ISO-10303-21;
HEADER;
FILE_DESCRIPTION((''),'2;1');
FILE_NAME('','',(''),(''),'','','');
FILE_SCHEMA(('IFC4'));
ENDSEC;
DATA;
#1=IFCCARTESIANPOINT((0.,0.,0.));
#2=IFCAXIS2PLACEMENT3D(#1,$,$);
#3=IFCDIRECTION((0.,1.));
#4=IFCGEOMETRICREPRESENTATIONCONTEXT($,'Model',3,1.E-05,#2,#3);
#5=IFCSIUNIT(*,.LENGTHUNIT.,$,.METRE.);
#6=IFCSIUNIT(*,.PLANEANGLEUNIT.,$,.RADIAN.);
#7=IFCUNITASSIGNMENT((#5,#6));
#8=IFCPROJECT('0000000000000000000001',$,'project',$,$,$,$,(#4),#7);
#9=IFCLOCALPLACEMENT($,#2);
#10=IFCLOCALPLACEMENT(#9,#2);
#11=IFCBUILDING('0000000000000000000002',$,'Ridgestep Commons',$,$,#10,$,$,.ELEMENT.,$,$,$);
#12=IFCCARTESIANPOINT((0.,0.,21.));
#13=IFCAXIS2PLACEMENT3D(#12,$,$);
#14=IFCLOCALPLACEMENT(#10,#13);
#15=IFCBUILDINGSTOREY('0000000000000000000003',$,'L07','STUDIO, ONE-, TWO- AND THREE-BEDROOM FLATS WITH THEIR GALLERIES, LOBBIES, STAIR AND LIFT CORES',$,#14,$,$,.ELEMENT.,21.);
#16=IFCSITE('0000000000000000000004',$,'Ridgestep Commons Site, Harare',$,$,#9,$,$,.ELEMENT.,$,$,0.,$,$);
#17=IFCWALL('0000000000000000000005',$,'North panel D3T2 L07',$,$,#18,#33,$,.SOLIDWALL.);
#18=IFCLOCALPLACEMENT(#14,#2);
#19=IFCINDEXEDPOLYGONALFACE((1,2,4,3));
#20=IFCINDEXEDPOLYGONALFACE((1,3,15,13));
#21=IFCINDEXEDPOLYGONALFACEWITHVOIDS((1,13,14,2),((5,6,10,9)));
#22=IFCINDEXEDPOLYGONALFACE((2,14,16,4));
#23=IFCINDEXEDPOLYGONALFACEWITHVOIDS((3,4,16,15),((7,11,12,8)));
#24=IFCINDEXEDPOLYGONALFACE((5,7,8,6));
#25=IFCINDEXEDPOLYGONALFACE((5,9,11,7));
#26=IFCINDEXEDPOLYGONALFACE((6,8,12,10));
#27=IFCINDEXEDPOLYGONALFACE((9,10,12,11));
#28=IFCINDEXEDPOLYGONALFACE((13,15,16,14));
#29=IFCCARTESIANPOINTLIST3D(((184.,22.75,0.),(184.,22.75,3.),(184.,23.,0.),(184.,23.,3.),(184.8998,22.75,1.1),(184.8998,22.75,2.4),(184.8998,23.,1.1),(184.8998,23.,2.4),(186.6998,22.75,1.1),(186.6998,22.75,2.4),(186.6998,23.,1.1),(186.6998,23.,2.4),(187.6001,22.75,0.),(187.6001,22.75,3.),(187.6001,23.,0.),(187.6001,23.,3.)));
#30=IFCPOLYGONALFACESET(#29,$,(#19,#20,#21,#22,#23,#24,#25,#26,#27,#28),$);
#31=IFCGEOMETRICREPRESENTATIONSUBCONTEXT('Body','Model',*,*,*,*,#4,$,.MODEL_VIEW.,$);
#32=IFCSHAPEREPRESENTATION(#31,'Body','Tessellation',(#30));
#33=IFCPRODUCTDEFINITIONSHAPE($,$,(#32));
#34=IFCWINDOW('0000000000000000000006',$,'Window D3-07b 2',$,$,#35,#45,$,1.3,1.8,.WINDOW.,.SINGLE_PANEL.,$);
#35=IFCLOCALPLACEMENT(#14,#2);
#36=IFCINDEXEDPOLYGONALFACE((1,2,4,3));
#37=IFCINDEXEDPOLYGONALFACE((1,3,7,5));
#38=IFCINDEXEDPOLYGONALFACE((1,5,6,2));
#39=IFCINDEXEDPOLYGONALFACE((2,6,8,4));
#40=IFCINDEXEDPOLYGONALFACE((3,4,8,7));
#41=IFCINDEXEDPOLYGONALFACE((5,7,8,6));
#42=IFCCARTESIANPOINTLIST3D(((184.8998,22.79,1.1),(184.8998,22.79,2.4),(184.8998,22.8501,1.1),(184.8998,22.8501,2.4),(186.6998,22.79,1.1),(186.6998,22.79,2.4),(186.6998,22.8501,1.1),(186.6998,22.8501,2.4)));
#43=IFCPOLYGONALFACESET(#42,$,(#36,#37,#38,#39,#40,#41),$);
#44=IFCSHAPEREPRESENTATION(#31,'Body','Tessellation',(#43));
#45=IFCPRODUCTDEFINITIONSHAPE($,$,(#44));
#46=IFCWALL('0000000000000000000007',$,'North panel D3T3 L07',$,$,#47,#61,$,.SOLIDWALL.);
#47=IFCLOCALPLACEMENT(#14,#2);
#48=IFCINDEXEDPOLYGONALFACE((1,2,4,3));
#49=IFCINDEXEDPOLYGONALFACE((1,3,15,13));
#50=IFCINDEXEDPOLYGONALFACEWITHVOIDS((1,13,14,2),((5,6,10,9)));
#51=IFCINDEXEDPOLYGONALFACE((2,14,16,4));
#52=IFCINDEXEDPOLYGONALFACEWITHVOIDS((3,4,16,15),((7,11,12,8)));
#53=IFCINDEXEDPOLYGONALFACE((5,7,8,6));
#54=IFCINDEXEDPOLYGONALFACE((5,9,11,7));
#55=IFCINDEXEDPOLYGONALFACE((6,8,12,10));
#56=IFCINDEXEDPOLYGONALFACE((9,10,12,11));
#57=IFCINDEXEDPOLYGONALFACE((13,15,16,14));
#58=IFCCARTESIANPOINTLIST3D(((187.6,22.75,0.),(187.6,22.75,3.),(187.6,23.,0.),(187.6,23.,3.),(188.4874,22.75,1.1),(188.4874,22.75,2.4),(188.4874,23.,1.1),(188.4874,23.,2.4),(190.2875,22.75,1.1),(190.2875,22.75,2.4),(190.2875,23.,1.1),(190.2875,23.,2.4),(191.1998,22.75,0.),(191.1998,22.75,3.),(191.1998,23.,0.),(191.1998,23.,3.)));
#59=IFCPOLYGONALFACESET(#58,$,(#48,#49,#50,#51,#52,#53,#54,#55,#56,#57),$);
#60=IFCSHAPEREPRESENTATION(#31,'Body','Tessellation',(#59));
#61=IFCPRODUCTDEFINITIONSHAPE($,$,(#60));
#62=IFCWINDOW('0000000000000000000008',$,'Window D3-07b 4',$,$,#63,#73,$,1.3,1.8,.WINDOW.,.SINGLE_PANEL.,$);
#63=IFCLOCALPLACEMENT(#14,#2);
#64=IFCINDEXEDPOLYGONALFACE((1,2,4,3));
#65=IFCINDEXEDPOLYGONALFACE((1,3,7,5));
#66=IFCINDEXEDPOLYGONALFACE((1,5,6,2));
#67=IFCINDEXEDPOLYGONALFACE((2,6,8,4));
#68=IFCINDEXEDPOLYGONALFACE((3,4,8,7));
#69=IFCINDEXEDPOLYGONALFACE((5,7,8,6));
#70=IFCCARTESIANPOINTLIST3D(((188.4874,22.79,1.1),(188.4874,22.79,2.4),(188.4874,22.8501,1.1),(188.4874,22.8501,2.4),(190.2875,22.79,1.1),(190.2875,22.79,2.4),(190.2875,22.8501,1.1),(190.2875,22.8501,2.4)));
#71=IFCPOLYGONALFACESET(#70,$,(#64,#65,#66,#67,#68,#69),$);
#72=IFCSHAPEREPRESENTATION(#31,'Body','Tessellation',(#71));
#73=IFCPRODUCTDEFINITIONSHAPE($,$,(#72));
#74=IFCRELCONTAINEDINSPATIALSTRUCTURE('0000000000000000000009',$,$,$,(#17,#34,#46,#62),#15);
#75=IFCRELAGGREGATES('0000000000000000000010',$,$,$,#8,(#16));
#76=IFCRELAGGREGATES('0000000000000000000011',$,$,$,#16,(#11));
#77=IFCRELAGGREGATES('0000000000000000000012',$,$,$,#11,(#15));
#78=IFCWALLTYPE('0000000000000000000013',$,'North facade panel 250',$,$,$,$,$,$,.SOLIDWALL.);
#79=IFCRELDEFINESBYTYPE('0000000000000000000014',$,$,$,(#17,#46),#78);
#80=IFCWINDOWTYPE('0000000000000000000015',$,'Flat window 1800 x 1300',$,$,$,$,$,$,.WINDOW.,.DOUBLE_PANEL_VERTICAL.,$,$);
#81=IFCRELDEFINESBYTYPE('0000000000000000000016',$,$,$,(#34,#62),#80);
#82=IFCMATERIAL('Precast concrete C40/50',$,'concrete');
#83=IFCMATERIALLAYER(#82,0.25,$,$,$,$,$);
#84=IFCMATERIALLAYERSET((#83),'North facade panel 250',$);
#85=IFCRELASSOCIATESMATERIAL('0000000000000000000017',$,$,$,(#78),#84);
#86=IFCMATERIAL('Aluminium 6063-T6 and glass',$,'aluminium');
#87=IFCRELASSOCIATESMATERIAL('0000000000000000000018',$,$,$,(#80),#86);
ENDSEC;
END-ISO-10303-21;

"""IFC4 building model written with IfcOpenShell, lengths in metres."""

from ifc_helpers import new_model, si_unit, direction, frame, frame_2d, origin, place, context, subcontext, project, spatial, rectangle, extrude, material, layer, layer_set, type_object, element, fill, save


model = new_model("IFC4")

# Units and contexts
model_context = context("Model", 3, precision=1e-05, world=origin(), true_north=direction((0.0, 1.0)))
body_context = subcontext(model_context, "Body", "Model", "MODEL_VIEW")
ifc_project = project(units=[si_unit("LENGTHUNIT", "METRE"), si_unit("PLANEANGLEUNIT", "RADIAN")], contexts=[model_context])

# Site, building, storey
site_placement = place(None, origin())
site = spatial("IfcSite", under=ifc_project, at=site_placement, Name="Ridgestep Commons Site, Harare", CompositionType="ELEMENT", RefElevation=0.0)
building_placement = place(site_placement, origin())
building = spatial("IfcBuilding", under=site, at=building_placement, Name="Ridgestep Commons", CompositionType="ELEMENT")
storey_placement = place(building_placement, frame((0.0, 0.0, 21.0)))
storey = spatial("IfcBuildingStorey", under=building, at=storey_placement, Name="L07", Description="STUDIO, ONE-, TWO- AND THREE-BEDROOM FLATS WITH THEIR GALLERIES, LOBBIES, STAIR AND LIFT CORES", CompositionType="ELEMENT", Elevation=21.0)

# Walls, openings, windows
ifc_material_1 = material(Name="Precast concrete C40/50", Category="concrete")
ifc_layer_1 = layer(ifc_material_1, 0.25)
ifc_layer_set_1 = layer_set([ifc_layer_1], Name="North facade panel 250")
wall_type_1 = type_object("IfcWallType", Name="North facade panel 250", PredefinedType="SOLIDWALL", material=ifc_layer_set_1)
ifc_material_2 = material(Name="Aluminium 6063-T6 and glass", Category="aluminium")
window_type = type_object("IfcWindowType", Name="Flat window 1800 x 1300", PartitioningType="DOUBLE_PANEL_VERTICAL", PredefinedType="WINDOW", material=ifc_material_2)
wall_1_placement = place(storey_placement, frame((184.0, 22.875, 0.0), z_axis=(0.0, 0.0, 1.0), x_axis=(1.0, 0.0, 0.0)))
wall_1 = element("IfcWall", 1, at=wall_1_placement, inside=storey, type_object=wall_type_1, Name="North panel D3T2 L07", PredefinedType="SOLIDWALL", context=body_context, shape_type="SweptSolid", body=[
    extrude(rectangle(XDim=3.6001, YDim=0.25, at=frame_2d((1.8, 0.0))), origin(), (0.0, 0.0, 1.0), 3.0),
])
opening_1_placement = place(wall_1_placement, frame((0.8999, 0.0, 1.1001)))
opening_1 = element("IfcOpeningElement", 2, at=opening_1_placement, cuts=wall_1, PredefinedType="OPENING", context=body_context, shape_type="SweptSolid", body=[
    extrude(rectangle(XDim=1.8, YDim=1.3, at=frame_2d((0.8999, 0.6499))), frame((0.0, 0.135, 0.0), z_axis=(0.0, -1.0, 0.0), x_axis=(1.0, 0.0, 0.0)), (0.0, 0.0, 1.0), 0.27),
])
window_1_placement = place(opening_1_placement, origin())
window_1 = element("IfcWindow", 3, at=window_1_placement, inside=storey, type_object=window_type, Name="Window D3-07b 2", OverallHeight=1.3, OverallWidth=1.8, PartitioningType="SINGLE_PANEL", PredefinedType="WINDOW", context=body_context, shape_type="SweptSolid", body=[
    extrude(rectangle(XDim=1.8, YDim=1.3, at=frame_2d((0.8999, 0.6499))), frame((0.0, -0.0249, 0.0), z_axis=(0.0, -1.0, 0.0), x_axis=(1.0, 0.0, 0.0)), (0.0, 0.0, 1.0), 0.0601),
])
fill(opening_1, window_1)
wall_2_placement = place(storey_placement, frame((187.6001, 22.875, 0.0), z_axis=(0.0, 0.0, 1.0), x_axis=(1.0, 0.0, 0.0)))
wall_2 = element("IfcWall", 4, at=wall_2_placement, inside=storey, type_object=wall_type_1, Name="North panel D3T3 L07", PredefinedType="SOLIDWALL", context=body_context, shape_type="SweptSolid", body=[
    extrude(rectangle(XDim=3.5999, YDim=0.25, at=frame_2d((1.7998, 0.0))), origin(), (0.0, 0.0, 1.0), 3.0),
])
opening_2_placement = place(wall_2_placement, frame((0.8875, 0.0, 1.1001)))
opening_2 = element("IfcOpeningElement", 5, at=opening_2_placement, cuts=wall_2, PredefinedType="OPENING", context=body_context, shape_type="SweptSolid", body=[
    extrude(rectangle(XDim=1.8, YDim=1.3, at=frame_2d((0.8999, 0.6499))), frame((0.0, 0.135, 0.0), z_axis=(0.0, -1.0, 0.0), x_axis=(1.0, 0.0, 0.0)), (0.0, 0.0, 1.0), 0.27),
])
window_2_placement = place(opening_2_placement, origin())
window_2 = element("IfcWindow", 6, at=window_2_placement, inside=storey, type_object=window_type, Name="Window D3-07b 4", OverallHeight=1.3, OverallWidth=1.8, PartitioningType="SINGLE_PANEL", PredefinedType="WINDOW", context=body_context, shape_type="SweptSolid", body=[
    extrude(rectangle(XDim=1.8, YDim=1.3, at=frame_2d((0.8999, 0.6499))), frame((0.0, -0.0249, 0.0), z_axis=(0.0, -1.0, 0.0), x_axis=(1.0, 0.0, 0.0)), (0.0, 0.0, 1.0), 0.0601),
])
fill(opening_2, window_2)

save(model, "model.ifc")
